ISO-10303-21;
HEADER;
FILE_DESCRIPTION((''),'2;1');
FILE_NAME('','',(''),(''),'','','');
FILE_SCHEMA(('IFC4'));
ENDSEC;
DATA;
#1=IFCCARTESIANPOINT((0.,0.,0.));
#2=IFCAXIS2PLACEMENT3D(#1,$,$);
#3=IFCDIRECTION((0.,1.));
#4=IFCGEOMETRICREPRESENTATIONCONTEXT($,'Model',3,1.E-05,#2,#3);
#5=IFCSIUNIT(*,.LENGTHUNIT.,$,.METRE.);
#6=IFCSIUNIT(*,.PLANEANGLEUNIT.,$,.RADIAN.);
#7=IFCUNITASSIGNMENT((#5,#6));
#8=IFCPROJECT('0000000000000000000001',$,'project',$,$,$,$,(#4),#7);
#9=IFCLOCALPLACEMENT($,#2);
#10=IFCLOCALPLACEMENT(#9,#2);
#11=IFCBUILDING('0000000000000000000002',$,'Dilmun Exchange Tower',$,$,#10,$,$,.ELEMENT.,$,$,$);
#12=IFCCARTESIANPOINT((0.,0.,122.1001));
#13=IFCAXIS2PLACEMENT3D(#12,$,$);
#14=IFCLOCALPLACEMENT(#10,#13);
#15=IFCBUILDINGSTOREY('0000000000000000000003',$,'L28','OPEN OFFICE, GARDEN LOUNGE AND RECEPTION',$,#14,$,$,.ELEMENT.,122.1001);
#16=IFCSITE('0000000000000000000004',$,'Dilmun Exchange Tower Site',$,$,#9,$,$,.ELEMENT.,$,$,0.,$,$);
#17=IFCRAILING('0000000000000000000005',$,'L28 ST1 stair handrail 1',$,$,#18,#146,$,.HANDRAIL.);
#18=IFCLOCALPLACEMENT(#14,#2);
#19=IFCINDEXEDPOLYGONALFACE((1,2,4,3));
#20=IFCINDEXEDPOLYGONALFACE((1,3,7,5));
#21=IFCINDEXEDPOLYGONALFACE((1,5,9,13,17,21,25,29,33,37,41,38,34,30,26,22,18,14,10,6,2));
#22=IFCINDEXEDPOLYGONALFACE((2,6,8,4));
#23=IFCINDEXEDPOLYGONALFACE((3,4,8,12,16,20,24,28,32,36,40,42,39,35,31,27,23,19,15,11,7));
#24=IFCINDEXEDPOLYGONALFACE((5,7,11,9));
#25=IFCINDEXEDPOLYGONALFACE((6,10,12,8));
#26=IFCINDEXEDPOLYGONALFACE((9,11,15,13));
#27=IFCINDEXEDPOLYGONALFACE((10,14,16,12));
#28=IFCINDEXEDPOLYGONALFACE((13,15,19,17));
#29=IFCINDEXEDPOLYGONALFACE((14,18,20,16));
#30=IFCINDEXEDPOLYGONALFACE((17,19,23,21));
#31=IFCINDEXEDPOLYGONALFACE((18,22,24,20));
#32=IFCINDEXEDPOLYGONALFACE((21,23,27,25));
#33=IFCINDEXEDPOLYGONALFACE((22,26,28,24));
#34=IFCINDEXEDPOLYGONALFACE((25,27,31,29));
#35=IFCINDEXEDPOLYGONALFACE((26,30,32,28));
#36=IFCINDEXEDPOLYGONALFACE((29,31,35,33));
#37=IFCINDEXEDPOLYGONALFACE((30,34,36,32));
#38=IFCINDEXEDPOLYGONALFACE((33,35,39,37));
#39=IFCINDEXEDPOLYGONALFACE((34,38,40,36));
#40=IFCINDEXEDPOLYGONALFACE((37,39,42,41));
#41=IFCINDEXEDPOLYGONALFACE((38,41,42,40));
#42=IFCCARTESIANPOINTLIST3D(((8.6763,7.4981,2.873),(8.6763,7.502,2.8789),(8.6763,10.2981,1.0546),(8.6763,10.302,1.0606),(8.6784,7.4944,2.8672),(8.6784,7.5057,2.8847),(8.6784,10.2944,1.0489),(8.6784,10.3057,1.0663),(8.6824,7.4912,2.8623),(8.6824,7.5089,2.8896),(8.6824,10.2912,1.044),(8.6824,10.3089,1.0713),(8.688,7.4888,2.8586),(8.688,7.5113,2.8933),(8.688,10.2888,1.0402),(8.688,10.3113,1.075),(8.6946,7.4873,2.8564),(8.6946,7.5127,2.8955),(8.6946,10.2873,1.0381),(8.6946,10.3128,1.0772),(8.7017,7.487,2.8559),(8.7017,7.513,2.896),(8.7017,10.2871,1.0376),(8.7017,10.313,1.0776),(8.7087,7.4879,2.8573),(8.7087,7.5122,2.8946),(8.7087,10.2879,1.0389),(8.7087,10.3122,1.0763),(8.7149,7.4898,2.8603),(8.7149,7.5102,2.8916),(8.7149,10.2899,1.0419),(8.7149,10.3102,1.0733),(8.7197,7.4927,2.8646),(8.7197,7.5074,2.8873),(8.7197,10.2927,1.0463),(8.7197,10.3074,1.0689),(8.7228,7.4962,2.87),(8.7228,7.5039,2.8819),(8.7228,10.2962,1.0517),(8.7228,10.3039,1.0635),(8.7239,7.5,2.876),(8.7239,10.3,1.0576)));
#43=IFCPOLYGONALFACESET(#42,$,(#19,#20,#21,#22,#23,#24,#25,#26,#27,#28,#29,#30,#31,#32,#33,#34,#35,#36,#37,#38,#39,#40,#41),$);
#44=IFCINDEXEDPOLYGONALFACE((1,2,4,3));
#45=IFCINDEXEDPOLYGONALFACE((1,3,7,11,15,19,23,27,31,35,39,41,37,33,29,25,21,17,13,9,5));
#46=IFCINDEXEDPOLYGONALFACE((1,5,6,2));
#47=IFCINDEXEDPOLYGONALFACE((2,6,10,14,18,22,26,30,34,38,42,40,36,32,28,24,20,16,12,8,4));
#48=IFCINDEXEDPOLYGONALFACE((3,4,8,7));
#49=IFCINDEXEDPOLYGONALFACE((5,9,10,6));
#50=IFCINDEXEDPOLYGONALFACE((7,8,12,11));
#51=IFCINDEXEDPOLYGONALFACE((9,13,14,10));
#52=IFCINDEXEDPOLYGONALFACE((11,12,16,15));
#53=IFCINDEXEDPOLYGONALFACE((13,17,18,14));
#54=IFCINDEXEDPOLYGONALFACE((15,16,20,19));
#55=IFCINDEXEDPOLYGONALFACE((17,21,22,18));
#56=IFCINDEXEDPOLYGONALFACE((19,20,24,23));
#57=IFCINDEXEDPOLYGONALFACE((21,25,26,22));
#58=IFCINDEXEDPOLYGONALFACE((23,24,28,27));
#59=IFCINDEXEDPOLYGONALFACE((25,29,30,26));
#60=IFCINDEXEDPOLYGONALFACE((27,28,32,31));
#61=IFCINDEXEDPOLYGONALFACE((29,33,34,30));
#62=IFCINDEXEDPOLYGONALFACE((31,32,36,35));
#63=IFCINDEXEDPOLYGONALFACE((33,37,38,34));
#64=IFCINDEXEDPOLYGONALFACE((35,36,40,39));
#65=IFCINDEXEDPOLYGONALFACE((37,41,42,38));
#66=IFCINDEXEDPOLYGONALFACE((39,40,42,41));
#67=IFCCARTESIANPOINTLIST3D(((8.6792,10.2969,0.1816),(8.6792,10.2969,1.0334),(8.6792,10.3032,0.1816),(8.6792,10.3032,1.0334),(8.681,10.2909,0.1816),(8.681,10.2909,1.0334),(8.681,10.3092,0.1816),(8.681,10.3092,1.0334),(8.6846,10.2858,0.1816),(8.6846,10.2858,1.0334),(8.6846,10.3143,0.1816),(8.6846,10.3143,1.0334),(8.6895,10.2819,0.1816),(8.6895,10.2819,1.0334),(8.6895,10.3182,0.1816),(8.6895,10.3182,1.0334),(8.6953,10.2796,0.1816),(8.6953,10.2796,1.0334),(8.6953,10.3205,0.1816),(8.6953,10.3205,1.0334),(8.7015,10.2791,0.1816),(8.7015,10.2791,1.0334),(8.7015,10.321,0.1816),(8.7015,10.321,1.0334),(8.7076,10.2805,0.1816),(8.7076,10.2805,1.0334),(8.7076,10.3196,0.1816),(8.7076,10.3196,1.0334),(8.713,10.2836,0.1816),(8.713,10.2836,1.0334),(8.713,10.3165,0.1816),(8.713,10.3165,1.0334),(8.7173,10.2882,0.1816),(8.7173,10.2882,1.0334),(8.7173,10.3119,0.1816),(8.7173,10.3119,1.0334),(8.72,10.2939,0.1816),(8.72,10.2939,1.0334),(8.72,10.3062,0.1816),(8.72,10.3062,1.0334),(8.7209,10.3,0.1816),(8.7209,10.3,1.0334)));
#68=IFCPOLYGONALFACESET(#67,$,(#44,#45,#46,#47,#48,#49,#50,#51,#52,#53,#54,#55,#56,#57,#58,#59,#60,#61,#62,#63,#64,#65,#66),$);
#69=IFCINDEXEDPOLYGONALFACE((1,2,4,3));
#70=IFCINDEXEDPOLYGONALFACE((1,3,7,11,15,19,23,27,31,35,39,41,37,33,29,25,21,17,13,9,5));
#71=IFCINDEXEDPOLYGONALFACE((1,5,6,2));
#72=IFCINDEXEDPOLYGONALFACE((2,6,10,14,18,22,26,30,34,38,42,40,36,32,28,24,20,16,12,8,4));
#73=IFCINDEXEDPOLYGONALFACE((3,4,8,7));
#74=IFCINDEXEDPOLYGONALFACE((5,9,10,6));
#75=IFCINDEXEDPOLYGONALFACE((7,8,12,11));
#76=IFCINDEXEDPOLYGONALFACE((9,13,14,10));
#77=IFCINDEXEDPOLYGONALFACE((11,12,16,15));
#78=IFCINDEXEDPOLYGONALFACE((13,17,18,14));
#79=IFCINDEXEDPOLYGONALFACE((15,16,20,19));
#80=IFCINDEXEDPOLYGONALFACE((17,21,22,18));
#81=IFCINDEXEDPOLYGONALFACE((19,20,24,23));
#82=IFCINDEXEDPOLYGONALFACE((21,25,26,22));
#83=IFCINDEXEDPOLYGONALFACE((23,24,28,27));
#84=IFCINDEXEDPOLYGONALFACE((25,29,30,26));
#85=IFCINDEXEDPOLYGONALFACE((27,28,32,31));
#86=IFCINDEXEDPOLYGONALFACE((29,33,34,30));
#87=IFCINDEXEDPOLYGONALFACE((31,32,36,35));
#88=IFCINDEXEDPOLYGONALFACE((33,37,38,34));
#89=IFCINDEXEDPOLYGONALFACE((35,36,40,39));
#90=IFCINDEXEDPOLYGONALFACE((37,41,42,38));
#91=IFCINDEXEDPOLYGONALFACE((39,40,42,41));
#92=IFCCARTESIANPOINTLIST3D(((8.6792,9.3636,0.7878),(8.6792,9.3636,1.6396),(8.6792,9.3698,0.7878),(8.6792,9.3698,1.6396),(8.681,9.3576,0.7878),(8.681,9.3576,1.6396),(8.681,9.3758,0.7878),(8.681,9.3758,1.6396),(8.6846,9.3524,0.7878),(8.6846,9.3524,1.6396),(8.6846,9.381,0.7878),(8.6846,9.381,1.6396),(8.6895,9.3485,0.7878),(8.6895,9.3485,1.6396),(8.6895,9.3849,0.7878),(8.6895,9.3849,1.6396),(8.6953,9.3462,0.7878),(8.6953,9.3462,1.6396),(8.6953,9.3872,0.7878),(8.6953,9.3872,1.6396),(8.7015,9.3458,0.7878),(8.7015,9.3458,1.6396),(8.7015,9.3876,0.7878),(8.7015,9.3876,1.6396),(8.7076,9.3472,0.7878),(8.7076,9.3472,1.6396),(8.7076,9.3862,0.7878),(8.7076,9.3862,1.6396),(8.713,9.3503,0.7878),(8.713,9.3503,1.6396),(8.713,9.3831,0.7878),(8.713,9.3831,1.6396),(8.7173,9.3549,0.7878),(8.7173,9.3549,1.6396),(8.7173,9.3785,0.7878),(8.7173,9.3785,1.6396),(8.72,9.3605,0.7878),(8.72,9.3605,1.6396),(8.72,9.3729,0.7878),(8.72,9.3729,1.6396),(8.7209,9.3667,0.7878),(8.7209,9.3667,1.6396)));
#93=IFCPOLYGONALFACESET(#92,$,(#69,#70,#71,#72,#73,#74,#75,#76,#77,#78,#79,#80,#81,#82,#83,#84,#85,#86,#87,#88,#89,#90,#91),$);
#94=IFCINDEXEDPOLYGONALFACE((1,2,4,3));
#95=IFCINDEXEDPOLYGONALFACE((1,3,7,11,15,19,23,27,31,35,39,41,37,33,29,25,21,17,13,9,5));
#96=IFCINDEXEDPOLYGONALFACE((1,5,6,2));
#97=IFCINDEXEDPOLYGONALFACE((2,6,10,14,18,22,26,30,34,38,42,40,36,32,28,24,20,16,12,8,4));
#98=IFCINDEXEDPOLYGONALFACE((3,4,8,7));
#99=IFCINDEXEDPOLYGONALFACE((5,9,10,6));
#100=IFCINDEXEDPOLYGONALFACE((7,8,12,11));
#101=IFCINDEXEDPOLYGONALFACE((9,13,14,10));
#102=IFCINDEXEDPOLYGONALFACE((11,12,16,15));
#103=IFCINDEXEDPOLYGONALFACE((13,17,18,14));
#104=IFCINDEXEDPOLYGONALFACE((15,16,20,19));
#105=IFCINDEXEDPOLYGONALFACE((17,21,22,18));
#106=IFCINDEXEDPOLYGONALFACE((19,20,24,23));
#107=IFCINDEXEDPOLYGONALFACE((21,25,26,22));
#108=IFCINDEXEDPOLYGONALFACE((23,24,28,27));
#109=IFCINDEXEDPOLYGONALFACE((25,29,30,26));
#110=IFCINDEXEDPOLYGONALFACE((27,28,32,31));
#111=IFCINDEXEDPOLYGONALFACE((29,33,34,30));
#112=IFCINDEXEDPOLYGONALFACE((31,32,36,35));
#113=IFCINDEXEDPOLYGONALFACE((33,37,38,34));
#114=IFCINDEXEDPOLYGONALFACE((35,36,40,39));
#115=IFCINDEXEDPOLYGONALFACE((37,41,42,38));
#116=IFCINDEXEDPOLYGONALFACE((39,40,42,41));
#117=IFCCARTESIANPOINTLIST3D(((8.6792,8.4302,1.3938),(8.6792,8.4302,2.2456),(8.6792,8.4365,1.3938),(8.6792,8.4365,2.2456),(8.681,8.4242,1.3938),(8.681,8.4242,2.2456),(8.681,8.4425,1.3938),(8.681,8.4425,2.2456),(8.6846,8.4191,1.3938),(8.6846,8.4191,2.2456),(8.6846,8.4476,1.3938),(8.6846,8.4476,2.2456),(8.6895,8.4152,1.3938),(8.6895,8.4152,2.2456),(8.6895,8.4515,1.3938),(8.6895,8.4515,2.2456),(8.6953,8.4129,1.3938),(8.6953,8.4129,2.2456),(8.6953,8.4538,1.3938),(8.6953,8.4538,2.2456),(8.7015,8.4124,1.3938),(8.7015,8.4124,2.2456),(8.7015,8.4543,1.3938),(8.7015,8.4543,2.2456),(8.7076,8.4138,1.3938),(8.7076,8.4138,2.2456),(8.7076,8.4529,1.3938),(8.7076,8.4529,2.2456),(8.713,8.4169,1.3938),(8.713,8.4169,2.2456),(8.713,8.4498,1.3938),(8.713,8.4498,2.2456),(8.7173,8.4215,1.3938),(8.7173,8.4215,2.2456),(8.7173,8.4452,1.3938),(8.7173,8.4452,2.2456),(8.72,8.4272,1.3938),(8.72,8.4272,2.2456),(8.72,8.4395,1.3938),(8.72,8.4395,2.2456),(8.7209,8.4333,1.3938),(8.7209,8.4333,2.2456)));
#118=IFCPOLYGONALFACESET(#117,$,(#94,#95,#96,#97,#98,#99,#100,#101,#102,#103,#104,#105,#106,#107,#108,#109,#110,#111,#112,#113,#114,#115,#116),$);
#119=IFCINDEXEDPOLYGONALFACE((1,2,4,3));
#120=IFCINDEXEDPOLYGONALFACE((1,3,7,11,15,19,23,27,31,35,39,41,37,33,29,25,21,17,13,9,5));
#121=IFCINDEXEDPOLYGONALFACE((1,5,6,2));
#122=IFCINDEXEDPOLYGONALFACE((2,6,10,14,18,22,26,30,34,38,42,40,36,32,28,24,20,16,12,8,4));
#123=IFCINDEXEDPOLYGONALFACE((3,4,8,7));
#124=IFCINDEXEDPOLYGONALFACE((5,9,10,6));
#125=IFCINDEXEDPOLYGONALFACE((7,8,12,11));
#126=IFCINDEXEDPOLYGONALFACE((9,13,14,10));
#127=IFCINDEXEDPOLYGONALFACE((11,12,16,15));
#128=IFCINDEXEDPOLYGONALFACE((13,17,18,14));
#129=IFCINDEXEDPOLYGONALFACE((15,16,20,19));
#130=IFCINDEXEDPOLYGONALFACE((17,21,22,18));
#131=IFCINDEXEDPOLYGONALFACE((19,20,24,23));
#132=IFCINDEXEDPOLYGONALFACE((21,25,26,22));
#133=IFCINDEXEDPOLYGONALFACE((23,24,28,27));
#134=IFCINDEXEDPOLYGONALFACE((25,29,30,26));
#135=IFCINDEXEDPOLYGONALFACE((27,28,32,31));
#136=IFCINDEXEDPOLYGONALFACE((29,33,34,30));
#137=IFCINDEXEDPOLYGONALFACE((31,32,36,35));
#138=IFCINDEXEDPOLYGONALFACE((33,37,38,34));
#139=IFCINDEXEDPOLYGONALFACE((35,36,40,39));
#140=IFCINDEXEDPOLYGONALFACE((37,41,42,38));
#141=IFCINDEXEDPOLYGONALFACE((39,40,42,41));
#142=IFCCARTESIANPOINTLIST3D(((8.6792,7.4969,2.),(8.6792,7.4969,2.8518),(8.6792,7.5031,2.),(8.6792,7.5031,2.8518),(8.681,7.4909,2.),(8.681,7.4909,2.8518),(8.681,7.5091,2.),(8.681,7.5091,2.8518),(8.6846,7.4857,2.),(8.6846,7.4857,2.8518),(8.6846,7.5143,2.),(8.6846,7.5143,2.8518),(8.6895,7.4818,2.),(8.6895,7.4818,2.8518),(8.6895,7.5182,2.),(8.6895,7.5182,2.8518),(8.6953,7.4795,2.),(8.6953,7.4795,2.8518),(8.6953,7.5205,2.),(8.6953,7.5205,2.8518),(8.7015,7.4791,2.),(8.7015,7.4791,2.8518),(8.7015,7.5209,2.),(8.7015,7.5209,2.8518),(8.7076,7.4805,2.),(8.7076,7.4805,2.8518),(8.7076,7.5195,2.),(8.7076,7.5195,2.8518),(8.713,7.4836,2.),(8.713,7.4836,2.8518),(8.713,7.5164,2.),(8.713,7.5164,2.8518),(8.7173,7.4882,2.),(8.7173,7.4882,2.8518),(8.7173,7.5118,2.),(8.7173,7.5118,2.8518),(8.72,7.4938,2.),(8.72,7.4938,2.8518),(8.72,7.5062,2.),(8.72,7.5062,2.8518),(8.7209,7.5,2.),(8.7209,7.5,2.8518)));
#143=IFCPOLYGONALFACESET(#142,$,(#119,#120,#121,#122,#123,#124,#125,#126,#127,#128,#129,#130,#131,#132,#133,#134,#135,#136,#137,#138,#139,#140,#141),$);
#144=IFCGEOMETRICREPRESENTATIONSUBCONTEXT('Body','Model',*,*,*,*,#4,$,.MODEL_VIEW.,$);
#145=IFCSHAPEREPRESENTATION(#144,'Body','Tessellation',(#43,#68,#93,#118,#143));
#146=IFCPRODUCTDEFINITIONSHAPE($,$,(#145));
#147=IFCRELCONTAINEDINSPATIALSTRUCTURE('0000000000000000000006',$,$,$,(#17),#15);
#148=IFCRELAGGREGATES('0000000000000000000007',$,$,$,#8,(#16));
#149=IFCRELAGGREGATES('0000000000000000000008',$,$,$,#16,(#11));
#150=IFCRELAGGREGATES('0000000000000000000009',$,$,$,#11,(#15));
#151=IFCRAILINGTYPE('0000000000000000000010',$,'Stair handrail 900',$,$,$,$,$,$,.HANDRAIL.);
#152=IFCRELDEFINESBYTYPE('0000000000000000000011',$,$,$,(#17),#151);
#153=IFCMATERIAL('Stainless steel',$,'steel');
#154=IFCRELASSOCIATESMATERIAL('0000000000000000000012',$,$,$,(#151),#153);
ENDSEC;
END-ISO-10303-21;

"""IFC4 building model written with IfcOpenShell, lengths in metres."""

from ifc_helpers import new_model, si_unit, direction, frame, origin, origin_2d, place, context, subcontext, project, spatial, circle, extrude, material, type_object, element, save


model = new_model("IFC4")

# Units and contexts
model_context = context("Model", 3, precision=1e-05, world=origin(), true_north=direction((0.0, 1.0)))
body_context = subcontext(model_context, "Body", "Model", "MODEL_VIEW")
ifc_project = project(units=[si_unit("LENGTHUNIT", "METRE"), si_unit("PLANEANGLEUNIT", "RADIAN")], contexts=[model_context])

# Site, building, storey
site_placement = place(None, origin())
site = spatial("IfcSite", under=ifc_project, at=site_placement, Name="Dilmun Exchange Tower Site", CompositionType="ELEMENT", RefElevation=0.0)
building_placement = place(site_placement, origin())
building = spatial("IfcBuilding", under=site, at=building_placement, Name="Dilmun Exchange Tower", CompositionType="ELEMENT")
storey_placement = place(building_placement, frame((0.0, 0.0, 122.1001)))
storey = spatial("IfcBuildingStorey", under=building, at=storey_placement, Name="L28", Description="OPEN OFFICE, GARDEN LOUNGE AND RECEPTION", CompositionType="ELEMENT", Elevation=122.1001)

# Railing
ifc_material_1 = material(Name="Stainless steel", Category="steel")
railing_type = type_object("IfcRailingType", Name="Stair handrail 900", PredefinedType="HANDRAIL", material=ifc_material_1)
railing_placement = place(storey_placement, frame((8.7, 10.3, 0.1816)))
element("IfcRailing", 1, at=railing_placement, inside=storey, type_object=railing_type, Name="L28 ST1 stair handrail 1", PredefinedType="HANDRAIL", context=body_context, shape_type="SweptSolid", body=[
    extrude(circle(Radius=0.0239, at=origin_2d()), frame((0.0, 0.0, 0.876), z_axis=(0.0, -0.838672, 0.544636), x_axis=(1.0, 0.0, 0.0)), (0.0, 0.0, 1.0), 3.3386),
    extrude(circle(Radius=0.021, at=origin_2d()), origin(), (0.0, 0.0, 1.0), 0.8518),
    extrude(circle(Radius=0.021, at=origin_2d()), frame((0.0, -0.9333, 0.6062)), (0.0, 0.0, 1.0), 0.8518),
    extrude(circle(Radius=0.021, at=origin_2d()), frame((0.0, -1.8667, 1.2122)), (0.0, 0.0, 1.0), 0.8518),
    extrude(circle(Radius=0.021, at=origin_2d()), frame((0.0, -2.8, 1.8184)), (0.0, 0.0, 1.0), 0.8518),
])

save(model, "model.ifc")
